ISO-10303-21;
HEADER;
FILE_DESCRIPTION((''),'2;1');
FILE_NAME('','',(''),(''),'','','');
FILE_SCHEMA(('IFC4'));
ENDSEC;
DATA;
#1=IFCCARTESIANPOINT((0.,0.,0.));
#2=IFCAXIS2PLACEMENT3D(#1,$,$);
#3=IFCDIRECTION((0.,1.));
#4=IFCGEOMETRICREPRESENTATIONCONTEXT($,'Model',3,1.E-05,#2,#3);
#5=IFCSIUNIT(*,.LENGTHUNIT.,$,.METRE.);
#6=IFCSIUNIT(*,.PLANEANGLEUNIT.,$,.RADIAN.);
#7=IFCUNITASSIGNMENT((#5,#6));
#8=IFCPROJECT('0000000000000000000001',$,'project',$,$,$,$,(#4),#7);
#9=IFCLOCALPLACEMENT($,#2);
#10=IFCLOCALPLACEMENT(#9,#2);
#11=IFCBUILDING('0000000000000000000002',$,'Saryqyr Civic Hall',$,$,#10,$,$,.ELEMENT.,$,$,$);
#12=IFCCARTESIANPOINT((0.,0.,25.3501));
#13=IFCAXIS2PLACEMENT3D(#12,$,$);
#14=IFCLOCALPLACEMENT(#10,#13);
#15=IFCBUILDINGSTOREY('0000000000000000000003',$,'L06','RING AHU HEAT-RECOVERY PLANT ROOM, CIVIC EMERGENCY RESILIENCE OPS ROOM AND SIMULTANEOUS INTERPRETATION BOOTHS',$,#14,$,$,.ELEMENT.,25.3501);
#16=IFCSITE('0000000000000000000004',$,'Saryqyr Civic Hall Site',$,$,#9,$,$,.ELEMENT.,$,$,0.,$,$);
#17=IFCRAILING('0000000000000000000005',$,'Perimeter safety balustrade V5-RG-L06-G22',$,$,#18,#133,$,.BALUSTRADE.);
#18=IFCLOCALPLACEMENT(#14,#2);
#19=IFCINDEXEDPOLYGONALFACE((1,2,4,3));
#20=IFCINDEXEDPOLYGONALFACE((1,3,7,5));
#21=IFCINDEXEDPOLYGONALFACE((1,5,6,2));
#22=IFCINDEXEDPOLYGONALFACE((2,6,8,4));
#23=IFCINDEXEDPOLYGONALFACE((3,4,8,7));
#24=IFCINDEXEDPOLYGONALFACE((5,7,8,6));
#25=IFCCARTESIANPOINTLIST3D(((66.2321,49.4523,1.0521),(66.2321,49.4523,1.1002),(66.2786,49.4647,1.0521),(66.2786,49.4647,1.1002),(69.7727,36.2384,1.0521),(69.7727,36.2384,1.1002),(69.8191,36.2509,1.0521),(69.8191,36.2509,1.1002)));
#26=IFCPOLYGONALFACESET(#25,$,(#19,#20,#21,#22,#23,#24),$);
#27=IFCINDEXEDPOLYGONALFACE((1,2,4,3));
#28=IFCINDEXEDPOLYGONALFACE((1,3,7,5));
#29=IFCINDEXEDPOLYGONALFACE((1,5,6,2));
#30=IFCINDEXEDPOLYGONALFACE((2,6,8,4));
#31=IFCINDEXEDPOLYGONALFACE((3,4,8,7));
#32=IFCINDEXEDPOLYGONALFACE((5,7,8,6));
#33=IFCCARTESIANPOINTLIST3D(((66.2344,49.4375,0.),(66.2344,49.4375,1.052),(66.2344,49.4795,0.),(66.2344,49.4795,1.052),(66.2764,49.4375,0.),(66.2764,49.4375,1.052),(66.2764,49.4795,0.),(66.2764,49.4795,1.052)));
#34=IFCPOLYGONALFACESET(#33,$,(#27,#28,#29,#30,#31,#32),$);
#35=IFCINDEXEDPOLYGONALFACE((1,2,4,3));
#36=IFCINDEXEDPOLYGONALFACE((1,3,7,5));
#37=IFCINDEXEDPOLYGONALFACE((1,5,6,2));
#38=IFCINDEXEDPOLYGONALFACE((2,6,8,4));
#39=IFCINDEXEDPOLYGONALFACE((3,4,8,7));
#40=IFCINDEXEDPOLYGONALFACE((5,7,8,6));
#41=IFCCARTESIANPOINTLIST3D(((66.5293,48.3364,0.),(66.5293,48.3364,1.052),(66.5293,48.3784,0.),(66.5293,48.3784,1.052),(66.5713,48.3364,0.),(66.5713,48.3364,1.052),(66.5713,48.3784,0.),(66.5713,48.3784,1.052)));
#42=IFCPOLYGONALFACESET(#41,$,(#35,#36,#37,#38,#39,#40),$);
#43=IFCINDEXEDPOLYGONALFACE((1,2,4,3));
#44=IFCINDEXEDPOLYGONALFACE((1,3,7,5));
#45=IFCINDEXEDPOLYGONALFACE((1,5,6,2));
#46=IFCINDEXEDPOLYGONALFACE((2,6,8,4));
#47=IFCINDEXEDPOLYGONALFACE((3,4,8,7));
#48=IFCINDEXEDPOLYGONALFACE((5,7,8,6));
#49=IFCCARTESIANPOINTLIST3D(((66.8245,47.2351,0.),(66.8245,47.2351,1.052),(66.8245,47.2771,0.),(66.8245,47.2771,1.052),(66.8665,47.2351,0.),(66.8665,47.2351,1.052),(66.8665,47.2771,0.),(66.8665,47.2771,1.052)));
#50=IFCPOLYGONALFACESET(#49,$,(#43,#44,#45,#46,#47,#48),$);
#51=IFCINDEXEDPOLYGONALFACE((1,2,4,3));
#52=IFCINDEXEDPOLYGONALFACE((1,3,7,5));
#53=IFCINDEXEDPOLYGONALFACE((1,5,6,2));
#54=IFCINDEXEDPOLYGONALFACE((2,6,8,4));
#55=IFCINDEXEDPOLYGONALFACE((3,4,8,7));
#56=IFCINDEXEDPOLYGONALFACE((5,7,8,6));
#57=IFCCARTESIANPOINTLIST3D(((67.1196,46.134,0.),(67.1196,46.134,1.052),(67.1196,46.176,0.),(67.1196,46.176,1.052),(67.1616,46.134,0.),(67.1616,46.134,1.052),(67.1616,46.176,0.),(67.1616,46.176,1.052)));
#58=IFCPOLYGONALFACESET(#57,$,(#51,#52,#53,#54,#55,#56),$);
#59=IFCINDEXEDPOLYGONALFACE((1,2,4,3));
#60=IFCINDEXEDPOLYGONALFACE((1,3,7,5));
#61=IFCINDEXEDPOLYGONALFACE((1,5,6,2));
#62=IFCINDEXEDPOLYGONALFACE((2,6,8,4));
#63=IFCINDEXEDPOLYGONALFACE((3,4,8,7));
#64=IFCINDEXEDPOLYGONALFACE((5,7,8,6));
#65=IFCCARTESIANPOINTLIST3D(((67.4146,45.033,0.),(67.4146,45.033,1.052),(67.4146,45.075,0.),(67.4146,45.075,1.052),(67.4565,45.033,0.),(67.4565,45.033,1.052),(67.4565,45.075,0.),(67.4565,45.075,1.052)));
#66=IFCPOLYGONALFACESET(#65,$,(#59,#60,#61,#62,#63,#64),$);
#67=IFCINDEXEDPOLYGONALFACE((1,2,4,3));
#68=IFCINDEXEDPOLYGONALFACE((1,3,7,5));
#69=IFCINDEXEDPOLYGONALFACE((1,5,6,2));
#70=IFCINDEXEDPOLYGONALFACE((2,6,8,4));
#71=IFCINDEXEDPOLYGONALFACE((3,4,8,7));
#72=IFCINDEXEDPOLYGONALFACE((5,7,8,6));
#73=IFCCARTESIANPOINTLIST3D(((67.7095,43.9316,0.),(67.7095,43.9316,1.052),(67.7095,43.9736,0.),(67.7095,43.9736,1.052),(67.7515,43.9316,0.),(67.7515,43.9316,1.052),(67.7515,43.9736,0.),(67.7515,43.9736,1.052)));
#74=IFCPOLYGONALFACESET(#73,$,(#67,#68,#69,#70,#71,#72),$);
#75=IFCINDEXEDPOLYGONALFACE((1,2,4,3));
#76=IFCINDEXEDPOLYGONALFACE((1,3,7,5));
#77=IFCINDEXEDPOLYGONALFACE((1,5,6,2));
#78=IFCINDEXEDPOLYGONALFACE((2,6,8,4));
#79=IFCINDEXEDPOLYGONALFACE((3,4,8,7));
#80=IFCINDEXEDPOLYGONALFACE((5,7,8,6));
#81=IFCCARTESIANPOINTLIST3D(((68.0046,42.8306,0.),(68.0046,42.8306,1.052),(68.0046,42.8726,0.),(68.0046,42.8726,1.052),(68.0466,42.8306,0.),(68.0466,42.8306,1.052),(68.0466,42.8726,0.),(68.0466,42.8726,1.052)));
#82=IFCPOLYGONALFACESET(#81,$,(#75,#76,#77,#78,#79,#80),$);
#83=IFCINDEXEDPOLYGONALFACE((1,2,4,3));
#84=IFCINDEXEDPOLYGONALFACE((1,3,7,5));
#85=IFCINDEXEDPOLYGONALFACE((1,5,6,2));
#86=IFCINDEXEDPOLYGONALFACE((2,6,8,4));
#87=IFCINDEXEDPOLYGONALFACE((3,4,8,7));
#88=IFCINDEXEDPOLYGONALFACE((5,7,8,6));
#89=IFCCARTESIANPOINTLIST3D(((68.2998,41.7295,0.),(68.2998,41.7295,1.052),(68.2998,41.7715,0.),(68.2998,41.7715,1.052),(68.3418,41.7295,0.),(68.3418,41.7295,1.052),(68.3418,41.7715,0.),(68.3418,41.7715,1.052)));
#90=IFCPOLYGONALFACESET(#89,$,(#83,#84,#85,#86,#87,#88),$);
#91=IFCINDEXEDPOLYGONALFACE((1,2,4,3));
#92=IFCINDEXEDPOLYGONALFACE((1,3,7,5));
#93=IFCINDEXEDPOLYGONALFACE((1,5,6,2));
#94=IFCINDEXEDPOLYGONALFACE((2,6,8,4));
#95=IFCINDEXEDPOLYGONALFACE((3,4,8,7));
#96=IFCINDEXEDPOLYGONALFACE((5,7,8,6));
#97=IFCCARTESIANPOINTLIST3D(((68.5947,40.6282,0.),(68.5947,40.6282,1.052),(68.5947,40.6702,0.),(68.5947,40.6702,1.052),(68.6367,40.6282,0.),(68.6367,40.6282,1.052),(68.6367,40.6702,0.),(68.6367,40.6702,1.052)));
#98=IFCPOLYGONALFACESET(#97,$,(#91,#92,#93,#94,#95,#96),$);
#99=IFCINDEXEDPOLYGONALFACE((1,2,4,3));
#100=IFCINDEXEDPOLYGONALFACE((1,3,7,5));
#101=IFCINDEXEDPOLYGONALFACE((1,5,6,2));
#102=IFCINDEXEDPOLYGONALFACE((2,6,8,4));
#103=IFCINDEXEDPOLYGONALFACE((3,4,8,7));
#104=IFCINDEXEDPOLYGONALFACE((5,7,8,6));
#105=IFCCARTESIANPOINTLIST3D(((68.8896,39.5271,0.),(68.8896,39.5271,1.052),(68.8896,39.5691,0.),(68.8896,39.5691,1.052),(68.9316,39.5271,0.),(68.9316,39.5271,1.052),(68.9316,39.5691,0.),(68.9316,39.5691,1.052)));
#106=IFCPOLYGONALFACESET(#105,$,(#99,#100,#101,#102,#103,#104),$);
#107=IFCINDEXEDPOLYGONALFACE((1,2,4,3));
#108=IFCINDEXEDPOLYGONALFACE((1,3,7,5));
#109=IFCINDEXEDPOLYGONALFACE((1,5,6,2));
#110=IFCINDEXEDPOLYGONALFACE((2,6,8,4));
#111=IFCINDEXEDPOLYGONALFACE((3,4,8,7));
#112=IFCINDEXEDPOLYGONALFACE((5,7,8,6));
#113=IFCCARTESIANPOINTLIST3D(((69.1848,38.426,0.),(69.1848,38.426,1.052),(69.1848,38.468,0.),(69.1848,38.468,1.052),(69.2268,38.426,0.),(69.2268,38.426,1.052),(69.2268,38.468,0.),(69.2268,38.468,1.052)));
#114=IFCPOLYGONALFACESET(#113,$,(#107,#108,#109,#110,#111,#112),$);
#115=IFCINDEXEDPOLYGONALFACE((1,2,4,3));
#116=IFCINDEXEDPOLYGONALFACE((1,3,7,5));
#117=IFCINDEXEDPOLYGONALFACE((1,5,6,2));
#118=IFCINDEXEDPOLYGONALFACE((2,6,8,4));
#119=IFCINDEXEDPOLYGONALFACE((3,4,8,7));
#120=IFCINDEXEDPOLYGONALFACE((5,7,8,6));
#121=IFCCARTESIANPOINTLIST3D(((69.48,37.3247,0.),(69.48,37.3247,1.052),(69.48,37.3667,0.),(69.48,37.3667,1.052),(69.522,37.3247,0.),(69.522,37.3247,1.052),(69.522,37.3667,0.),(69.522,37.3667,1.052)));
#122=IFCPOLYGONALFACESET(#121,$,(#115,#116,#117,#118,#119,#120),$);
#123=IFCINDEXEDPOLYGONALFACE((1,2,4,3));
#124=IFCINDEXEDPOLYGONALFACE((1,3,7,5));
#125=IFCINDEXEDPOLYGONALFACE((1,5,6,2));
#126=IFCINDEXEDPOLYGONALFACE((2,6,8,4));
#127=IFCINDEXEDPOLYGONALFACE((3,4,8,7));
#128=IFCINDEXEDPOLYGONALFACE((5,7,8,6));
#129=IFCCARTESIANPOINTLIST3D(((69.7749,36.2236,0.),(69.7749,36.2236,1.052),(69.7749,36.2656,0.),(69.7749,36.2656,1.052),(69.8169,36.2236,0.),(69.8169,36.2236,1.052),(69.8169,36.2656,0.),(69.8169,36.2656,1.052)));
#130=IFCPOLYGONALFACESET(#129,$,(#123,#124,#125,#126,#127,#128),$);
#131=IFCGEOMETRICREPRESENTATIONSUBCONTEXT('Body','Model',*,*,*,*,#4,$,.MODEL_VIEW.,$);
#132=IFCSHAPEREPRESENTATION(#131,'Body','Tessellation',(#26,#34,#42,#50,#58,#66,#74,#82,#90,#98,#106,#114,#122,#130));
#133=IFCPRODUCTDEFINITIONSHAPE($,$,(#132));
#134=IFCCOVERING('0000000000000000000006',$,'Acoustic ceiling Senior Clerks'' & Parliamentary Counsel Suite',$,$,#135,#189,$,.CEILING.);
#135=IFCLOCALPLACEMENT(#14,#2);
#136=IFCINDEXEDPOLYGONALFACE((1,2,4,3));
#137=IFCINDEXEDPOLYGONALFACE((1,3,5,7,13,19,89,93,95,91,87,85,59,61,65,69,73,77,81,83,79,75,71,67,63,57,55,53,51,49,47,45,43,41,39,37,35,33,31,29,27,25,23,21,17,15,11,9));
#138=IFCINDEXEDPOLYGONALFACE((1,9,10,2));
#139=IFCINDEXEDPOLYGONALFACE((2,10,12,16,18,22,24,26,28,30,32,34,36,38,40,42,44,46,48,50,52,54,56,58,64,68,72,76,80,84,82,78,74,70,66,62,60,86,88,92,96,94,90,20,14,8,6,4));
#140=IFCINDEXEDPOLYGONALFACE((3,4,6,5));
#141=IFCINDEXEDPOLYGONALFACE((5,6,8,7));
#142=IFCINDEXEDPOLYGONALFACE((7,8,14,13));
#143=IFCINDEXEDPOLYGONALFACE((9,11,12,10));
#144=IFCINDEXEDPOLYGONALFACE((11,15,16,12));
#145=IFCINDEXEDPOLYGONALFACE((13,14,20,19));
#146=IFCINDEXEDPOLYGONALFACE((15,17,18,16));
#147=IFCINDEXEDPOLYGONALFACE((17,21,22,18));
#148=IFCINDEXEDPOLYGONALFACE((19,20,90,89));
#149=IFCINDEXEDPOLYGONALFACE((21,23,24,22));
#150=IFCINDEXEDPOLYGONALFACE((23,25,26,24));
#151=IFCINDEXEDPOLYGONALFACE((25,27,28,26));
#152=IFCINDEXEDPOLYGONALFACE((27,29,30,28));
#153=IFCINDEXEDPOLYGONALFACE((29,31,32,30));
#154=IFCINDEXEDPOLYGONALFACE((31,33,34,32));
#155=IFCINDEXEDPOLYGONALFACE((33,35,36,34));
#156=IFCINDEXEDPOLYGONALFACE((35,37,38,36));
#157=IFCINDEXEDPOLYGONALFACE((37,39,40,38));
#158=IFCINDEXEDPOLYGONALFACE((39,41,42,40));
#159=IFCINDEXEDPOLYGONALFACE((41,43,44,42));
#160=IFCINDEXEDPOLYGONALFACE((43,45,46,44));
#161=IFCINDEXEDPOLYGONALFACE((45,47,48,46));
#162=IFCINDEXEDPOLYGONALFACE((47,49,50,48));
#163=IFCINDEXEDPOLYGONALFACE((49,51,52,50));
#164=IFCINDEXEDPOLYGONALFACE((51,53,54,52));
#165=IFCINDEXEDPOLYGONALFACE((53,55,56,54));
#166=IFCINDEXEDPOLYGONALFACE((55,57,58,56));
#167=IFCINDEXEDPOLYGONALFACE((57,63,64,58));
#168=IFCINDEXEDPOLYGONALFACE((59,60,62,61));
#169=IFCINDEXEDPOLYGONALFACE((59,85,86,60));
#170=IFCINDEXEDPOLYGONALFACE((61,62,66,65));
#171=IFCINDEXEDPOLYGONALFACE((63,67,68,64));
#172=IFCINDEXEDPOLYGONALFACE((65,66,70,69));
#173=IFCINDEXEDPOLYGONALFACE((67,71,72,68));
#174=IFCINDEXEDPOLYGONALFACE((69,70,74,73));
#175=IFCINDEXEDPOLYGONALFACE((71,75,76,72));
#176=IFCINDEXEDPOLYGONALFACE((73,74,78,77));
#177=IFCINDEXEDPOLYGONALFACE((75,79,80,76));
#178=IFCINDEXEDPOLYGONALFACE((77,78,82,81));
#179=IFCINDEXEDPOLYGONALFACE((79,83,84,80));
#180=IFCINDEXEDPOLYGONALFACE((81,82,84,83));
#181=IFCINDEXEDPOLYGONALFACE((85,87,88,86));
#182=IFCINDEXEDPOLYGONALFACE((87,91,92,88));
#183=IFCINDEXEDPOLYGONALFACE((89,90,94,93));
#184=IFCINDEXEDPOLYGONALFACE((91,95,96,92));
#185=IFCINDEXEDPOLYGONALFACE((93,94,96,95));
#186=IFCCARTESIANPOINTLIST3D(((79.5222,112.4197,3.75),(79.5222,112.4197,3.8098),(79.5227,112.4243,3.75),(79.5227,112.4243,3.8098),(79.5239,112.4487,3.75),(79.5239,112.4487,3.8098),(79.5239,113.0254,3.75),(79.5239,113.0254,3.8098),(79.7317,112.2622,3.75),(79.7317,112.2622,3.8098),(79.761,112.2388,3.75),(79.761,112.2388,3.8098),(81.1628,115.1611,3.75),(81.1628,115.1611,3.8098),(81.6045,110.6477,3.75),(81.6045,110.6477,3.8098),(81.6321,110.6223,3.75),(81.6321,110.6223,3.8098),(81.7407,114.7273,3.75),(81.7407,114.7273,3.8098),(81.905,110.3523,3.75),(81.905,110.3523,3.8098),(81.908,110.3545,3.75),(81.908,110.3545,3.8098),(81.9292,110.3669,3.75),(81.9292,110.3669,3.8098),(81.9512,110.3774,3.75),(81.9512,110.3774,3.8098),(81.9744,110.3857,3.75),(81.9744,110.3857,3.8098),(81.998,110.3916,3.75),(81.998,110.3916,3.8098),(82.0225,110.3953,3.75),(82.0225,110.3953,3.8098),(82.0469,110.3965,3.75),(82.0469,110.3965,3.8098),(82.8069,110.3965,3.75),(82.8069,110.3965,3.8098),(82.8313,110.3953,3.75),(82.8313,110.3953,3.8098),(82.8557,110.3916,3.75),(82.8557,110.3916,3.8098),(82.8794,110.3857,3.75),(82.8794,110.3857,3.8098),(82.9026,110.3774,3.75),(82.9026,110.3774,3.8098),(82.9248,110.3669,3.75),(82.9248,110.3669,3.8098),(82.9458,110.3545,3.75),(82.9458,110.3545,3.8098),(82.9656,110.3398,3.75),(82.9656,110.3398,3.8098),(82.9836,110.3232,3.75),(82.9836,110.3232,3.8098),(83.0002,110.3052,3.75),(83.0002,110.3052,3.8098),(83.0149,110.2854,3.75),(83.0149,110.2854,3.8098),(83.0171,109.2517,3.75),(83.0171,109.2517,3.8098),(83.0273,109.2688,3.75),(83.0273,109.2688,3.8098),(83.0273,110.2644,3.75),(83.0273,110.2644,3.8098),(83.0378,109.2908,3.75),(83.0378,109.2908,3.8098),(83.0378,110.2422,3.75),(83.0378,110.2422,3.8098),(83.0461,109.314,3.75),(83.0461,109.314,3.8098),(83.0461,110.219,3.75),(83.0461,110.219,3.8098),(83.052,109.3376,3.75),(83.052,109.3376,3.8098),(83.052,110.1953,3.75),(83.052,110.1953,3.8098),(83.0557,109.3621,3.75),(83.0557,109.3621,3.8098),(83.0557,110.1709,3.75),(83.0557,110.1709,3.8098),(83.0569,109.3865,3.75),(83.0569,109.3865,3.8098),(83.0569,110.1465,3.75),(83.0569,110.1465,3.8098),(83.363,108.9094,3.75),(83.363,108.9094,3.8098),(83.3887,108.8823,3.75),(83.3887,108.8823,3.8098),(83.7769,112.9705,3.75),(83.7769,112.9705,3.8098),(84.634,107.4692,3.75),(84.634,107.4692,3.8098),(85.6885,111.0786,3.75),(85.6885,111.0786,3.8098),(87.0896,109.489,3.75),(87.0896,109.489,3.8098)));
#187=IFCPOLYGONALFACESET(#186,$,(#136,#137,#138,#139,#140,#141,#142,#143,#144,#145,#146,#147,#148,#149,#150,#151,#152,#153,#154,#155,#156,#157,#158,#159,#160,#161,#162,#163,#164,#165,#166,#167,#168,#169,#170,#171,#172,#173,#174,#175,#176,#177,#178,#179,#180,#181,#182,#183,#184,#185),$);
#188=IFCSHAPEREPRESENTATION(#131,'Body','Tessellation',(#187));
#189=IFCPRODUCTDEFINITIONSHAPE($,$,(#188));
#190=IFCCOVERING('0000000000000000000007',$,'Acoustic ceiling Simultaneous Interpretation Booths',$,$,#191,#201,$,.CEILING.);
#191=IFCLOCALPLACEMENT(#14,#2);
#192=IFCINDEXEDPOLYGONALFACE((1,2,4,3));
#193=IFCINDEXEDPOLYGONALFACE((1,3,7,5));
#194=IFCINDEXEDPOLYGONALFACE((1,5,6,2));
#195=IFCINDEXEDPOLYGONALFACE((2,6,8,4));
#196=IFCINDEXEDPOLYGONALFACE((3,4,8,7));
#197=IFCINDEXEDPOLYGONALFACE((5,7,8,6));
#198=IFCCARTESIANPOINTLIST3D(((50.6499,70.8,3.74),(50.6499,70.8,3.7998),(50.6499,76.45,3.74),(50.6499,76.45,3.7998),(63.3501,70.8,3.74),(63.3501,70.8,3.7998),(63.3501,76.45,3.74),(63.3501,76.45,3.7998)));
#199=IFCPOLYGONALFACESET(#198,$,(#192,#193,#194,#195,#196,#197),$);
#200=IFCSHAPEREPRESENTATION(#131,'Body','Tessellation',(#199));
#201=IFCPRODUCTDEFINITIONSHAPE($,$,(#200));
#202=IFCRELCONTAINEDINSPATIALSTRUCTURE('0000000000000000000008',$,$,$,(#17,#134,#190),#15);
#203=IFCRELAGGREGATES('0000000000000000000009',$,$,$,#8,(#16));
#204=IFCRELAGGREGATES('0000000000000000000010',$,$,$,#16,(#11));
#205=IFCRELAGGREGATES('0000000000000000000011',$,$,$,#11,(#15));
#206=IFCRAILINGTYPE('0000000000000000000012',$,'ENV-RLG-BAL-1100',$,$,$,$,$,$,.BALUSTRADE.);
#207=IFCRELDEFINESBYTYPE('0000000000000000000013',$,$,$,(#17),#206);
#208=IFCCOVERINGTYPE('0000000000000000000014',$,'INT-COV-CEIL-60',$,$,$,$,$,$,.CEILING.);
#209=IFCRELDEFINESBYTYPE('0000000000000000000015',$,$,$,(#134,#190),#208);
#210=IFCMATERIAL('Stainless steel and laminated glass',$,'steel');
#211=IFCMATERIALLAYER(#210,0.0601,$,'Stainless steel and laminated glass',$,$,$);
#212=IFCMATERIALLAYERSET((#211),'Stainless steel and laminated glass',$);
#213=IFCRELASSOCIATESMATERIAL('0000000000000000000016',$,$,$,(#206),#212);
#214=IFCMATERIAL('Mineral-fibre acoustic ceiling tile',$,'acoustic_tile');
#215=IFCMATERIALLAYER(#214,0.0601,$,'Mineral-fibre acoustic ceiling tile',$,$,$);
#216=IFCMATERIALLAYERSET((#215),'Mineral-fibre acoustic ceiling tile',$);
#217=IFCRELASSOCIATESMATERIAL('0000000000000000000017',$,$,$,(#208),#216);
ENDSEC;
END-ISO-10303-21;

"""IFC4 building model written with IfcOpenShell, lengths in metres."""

from ifc_helpers import new_model, si_unit, direction, frame, origin, origin_2d, place, context, subcontext, project, spatial, polyline, rectangle, outline, extrude, material, layer, layer_set, type_object, element, save


model = new_model("IFC4")

# Units and contexts
model_context = context("Model", 3, precision=1e-05, world=origin(), true_north=direction((0.0, 1.0)))
body_context = subcontext(model_context, "Body", "Model", "MODEL_VIEW")
ifc_project = project(units=[si_unit("LENGTHUNIT", "METRE"), si_unit("PLANEANGLEUNIT", "RADIAN")], contexts=[model_context])

# Site, building, storey
site_placement = place(None, origin())
site = spatial("IfcSite", under=ifc_project, at=site_placement, Name="Saryqyr Civic Hall Site", CompositionType="ELEMENT", RefElevation=0.0)
building_placement = place(site_placement, origin())
building = spatial("IfcBuilding", under=site, at=building_placement, Name="Saryqyr Civic Hall", CompositionType="ELEMENT")
storey_placement = place(building_placement, frame((0.0, 0.0, 25.3501)))
storey = spatial("IfcBuildingStorey", under=building, at=storey_placement, Name="L06", Description="RING AHU HEAT-RECOVERY PLANT ROOM, CIVIC EMERGENCY RESILIENCE OPS ROOM AND SIMULTANEOUS INTERPRETATION BOOTHS", CompositionType="ELEMENT", Elevation=25.3501)

# Railing
ifc_material_1 = material(Name="Stainless steel and laminated glass", Category="steel")
ifc_layer_1 = layer(ifc_material_1, 0.0601, Name="Stainless steel and laminated glass")
ifc_layer_set_1 = layer_set([ifc_layer_1], Name="Stainless steel and laminated glass")
railing_type_1 = type_object("IfcRailingType", Name="ENV-RLG-BAL-1100", PredefinedType="BALUSTRADE", material=ifc_layer_set_1)
railing_1_placement = place(storey_placement, frame((66.2554, 49.4585, 0.0)))
element("IfcRailing", 1, at=railing_1_placement, inside=storey, type_object=railing_type_1, Name="Perimeter safety balustrade V5-RG-L06-G22", PredefinedType="BALUSTRADE", context=body_context, shape_type="SweptSolid", body=[
    extrude(rectangle(XDim=0.0481, YDim=0.0481, at=origin_2d()), frame((0.0, 0.0, 1.0762), z_axis=(0.258811, -0.965928, 0.0), x_axis=(0.965928, 0.258811, 0.0)), (0.0, 0.0, 1.0), 13.6799),
    extrude(rectangle(XDim=0.042, YDim=0.042, at=origin_2d()), origin(), (0.0, 0.0, 1.0), 1.052),
    extrude(rectangle(XDim=0.042, YDim=0.042, at=origin_2d()), frame((0.2949, -1.1011, 0.0)), (0.0, 0.0, 1.0), 1.052),
    extrude(rectangle(XDim=0.042, YDim=0.042, at=origin_2d()), frame((0.5901, -2.2024, 0.0)), (0.0, 0.0, 1.0), 1.052),
    extrude(rectangle(XDim=0.042, YDim=0.042, at=origin_2d()), frame((0.8853, -3.3035, 0.0)), (0.0, 0.0, 1.0), 1.052),
    extrude(rectangle(XDim=0.042, YDim=0.042, at=origin_2d()), frame((1.1802, -4.4045, 0.0)), (0.0, 0.0, 1.0), 1.052),
    extrude(rectangle(XDim=0.042, YDim=0.042, at=origin_2d()), frame((1.4751, -5.5059, 0.0)), (0.0, 0.0, 1.0), 1.052),
    extrude(rectangle(XDim=0.042, YDim=0.042, at=origin_2d()), frame((1.7703, -6.6069, 0.0)), (0.0, 0.0, 1.0), 1.052),
    extrude(rectangle(XDim=0.042, YDim=0.042, at=origin_2d()), frame((2.0654, -7.708, 0.0)), (0.0, 0.0, 1.0), 1.052),
    extrude(rectangle(XDim=0.042, YDim=0.042, at=origin_2d()), frame((2.3604, -8.8093, 0.0)), (0.0, 0.0, 1.0), 1.052),
    extrude(rectangle(XDim=0.042, YDim=0.042, at=origin_2d()), frame((2.6553, -9.9104, 0.0)), (0.0, 0.0, 1.0), 1.052),
    extrude(rectangle(XDim=0.042, YDim=0.042, at=origin_2d()), frame((2.9504, -11.0115, 0.0)), (0.0, 0.0, 1.0), 1.052),
    extrude(rectangle(XDim=0.042, YDim=0.042, at=origin_2d()), frame((3.2456, -12.1128, 0.0)), (0.0, 0.0, 1.0), 1.052),
    extrude(rectangle(XDim=0.042, YDim=0.042, at=origin_2d()), frame((3.5405, -13.2139, 0.0)), (0.0, 0.0, 1.0), 1.052),
])

# Coverings
ifc_material_2 = material(Name="Mineral-fibre acoustic ceiling tile", Category="acoustic_tile")
ifc_layer_2 = layer(ifc_material_2, 0.0601, Name="Mineral-fibre acoustic ceiling tile")
ifc_layer_set_2 = layer_set([ifc_layer_2], Name="Mineral-fibre acoustic ceiling tile")
covering_type_1 = type_object("IfcCoveringType", Name="INT-COV-CEIL-60", PredefinedType="CEILING", material=ifc_layer_set_2)
covering_1_placement = place(storey_placement, frame((0.0, 0.0, 3.75)))
element("IfcCovering", 2, at=covering_1_placement, inside=storey, type_object=covering_type_1, Name="Acoustic ceiling Senior Clerks' & Parliamentary Counsel Suite", PredefinedType="CEILING", context=body_context, shape_type="SweptSolid", body=[
    extrude(outline(polyline([(83.0273, 109.2688), (83.0378, 109.2908), (83.0461, 109.314), (83.052, 109.3376), (83.0557, 109.3621), (83.0569, 109.3865), (83.0569, 110.1465), (83.0557, 110.1709), (83.052, 110.1953), (83.0461, 110.219), (83.0378, 110.2422), (83.0273, 110.2644), (83.0149, 110.2854), (83.0002, 110.3052), (82.9836, 110.3232), (82.9656, 110.3398), (82.9458, 110.3545), (82.9248, 110.3669), (82.9026, 110.3774), (82.8794, 110.3857), (82.8557, 110.3916), (82.8313, 110.3953), (82.8069, 110.3965), (82.0469, 110.3965), (82.0225, 110.3953), (81.998, 110.3916), (81.9744, 110.3857), (81.9512, 110.3774), (81.9292, 110.3669), (81.908, 110.3545), (81.905, 110.3523), (81.6321, 110.6223), (81.6045, 110.6477), (79.761, 112.2388), (79.7317, 112.2622), (79.5222, 112.4197), (79.5227, 112.4243), (79.5239, 112.4487), (79.5239, 113.0254), (81.1628, 115.1611), (81.7407, 114.7273), (83.7769, 112.9705), (85.6885, 111.0786), (87.0896, 109.489), (84.634, 107.4692), (83.3887, 108.8823), (83.363, 108.9094), (83.0171, 109.2517), (83.0273, 109.2688)])), origin(), (0.0, 0.0, 1.0), 0.0598),
])
covering_2_placement = place(storey_placement, frame((0.0, 0.0, 3.74)))
element("IfcCovering", 3, at=covering_2_placement, inside=storey, type_object=covering_type_1, Name="Acoustic ceiling Simultaneous Interpretation Booths", PredefinedType="CEILING", context=body_context, shape_type="SweptSolid", body=[
    extrude(outline(polyline([(50.6499, 76.45), (63.3501, 76.45), (63.3501, 70.8), (50.6499, 70.8), (50.6499, 76.45)])), origin(), (0.0, 0.0, 1.0), 0.0598),
])

save(model, "model.ifc")
